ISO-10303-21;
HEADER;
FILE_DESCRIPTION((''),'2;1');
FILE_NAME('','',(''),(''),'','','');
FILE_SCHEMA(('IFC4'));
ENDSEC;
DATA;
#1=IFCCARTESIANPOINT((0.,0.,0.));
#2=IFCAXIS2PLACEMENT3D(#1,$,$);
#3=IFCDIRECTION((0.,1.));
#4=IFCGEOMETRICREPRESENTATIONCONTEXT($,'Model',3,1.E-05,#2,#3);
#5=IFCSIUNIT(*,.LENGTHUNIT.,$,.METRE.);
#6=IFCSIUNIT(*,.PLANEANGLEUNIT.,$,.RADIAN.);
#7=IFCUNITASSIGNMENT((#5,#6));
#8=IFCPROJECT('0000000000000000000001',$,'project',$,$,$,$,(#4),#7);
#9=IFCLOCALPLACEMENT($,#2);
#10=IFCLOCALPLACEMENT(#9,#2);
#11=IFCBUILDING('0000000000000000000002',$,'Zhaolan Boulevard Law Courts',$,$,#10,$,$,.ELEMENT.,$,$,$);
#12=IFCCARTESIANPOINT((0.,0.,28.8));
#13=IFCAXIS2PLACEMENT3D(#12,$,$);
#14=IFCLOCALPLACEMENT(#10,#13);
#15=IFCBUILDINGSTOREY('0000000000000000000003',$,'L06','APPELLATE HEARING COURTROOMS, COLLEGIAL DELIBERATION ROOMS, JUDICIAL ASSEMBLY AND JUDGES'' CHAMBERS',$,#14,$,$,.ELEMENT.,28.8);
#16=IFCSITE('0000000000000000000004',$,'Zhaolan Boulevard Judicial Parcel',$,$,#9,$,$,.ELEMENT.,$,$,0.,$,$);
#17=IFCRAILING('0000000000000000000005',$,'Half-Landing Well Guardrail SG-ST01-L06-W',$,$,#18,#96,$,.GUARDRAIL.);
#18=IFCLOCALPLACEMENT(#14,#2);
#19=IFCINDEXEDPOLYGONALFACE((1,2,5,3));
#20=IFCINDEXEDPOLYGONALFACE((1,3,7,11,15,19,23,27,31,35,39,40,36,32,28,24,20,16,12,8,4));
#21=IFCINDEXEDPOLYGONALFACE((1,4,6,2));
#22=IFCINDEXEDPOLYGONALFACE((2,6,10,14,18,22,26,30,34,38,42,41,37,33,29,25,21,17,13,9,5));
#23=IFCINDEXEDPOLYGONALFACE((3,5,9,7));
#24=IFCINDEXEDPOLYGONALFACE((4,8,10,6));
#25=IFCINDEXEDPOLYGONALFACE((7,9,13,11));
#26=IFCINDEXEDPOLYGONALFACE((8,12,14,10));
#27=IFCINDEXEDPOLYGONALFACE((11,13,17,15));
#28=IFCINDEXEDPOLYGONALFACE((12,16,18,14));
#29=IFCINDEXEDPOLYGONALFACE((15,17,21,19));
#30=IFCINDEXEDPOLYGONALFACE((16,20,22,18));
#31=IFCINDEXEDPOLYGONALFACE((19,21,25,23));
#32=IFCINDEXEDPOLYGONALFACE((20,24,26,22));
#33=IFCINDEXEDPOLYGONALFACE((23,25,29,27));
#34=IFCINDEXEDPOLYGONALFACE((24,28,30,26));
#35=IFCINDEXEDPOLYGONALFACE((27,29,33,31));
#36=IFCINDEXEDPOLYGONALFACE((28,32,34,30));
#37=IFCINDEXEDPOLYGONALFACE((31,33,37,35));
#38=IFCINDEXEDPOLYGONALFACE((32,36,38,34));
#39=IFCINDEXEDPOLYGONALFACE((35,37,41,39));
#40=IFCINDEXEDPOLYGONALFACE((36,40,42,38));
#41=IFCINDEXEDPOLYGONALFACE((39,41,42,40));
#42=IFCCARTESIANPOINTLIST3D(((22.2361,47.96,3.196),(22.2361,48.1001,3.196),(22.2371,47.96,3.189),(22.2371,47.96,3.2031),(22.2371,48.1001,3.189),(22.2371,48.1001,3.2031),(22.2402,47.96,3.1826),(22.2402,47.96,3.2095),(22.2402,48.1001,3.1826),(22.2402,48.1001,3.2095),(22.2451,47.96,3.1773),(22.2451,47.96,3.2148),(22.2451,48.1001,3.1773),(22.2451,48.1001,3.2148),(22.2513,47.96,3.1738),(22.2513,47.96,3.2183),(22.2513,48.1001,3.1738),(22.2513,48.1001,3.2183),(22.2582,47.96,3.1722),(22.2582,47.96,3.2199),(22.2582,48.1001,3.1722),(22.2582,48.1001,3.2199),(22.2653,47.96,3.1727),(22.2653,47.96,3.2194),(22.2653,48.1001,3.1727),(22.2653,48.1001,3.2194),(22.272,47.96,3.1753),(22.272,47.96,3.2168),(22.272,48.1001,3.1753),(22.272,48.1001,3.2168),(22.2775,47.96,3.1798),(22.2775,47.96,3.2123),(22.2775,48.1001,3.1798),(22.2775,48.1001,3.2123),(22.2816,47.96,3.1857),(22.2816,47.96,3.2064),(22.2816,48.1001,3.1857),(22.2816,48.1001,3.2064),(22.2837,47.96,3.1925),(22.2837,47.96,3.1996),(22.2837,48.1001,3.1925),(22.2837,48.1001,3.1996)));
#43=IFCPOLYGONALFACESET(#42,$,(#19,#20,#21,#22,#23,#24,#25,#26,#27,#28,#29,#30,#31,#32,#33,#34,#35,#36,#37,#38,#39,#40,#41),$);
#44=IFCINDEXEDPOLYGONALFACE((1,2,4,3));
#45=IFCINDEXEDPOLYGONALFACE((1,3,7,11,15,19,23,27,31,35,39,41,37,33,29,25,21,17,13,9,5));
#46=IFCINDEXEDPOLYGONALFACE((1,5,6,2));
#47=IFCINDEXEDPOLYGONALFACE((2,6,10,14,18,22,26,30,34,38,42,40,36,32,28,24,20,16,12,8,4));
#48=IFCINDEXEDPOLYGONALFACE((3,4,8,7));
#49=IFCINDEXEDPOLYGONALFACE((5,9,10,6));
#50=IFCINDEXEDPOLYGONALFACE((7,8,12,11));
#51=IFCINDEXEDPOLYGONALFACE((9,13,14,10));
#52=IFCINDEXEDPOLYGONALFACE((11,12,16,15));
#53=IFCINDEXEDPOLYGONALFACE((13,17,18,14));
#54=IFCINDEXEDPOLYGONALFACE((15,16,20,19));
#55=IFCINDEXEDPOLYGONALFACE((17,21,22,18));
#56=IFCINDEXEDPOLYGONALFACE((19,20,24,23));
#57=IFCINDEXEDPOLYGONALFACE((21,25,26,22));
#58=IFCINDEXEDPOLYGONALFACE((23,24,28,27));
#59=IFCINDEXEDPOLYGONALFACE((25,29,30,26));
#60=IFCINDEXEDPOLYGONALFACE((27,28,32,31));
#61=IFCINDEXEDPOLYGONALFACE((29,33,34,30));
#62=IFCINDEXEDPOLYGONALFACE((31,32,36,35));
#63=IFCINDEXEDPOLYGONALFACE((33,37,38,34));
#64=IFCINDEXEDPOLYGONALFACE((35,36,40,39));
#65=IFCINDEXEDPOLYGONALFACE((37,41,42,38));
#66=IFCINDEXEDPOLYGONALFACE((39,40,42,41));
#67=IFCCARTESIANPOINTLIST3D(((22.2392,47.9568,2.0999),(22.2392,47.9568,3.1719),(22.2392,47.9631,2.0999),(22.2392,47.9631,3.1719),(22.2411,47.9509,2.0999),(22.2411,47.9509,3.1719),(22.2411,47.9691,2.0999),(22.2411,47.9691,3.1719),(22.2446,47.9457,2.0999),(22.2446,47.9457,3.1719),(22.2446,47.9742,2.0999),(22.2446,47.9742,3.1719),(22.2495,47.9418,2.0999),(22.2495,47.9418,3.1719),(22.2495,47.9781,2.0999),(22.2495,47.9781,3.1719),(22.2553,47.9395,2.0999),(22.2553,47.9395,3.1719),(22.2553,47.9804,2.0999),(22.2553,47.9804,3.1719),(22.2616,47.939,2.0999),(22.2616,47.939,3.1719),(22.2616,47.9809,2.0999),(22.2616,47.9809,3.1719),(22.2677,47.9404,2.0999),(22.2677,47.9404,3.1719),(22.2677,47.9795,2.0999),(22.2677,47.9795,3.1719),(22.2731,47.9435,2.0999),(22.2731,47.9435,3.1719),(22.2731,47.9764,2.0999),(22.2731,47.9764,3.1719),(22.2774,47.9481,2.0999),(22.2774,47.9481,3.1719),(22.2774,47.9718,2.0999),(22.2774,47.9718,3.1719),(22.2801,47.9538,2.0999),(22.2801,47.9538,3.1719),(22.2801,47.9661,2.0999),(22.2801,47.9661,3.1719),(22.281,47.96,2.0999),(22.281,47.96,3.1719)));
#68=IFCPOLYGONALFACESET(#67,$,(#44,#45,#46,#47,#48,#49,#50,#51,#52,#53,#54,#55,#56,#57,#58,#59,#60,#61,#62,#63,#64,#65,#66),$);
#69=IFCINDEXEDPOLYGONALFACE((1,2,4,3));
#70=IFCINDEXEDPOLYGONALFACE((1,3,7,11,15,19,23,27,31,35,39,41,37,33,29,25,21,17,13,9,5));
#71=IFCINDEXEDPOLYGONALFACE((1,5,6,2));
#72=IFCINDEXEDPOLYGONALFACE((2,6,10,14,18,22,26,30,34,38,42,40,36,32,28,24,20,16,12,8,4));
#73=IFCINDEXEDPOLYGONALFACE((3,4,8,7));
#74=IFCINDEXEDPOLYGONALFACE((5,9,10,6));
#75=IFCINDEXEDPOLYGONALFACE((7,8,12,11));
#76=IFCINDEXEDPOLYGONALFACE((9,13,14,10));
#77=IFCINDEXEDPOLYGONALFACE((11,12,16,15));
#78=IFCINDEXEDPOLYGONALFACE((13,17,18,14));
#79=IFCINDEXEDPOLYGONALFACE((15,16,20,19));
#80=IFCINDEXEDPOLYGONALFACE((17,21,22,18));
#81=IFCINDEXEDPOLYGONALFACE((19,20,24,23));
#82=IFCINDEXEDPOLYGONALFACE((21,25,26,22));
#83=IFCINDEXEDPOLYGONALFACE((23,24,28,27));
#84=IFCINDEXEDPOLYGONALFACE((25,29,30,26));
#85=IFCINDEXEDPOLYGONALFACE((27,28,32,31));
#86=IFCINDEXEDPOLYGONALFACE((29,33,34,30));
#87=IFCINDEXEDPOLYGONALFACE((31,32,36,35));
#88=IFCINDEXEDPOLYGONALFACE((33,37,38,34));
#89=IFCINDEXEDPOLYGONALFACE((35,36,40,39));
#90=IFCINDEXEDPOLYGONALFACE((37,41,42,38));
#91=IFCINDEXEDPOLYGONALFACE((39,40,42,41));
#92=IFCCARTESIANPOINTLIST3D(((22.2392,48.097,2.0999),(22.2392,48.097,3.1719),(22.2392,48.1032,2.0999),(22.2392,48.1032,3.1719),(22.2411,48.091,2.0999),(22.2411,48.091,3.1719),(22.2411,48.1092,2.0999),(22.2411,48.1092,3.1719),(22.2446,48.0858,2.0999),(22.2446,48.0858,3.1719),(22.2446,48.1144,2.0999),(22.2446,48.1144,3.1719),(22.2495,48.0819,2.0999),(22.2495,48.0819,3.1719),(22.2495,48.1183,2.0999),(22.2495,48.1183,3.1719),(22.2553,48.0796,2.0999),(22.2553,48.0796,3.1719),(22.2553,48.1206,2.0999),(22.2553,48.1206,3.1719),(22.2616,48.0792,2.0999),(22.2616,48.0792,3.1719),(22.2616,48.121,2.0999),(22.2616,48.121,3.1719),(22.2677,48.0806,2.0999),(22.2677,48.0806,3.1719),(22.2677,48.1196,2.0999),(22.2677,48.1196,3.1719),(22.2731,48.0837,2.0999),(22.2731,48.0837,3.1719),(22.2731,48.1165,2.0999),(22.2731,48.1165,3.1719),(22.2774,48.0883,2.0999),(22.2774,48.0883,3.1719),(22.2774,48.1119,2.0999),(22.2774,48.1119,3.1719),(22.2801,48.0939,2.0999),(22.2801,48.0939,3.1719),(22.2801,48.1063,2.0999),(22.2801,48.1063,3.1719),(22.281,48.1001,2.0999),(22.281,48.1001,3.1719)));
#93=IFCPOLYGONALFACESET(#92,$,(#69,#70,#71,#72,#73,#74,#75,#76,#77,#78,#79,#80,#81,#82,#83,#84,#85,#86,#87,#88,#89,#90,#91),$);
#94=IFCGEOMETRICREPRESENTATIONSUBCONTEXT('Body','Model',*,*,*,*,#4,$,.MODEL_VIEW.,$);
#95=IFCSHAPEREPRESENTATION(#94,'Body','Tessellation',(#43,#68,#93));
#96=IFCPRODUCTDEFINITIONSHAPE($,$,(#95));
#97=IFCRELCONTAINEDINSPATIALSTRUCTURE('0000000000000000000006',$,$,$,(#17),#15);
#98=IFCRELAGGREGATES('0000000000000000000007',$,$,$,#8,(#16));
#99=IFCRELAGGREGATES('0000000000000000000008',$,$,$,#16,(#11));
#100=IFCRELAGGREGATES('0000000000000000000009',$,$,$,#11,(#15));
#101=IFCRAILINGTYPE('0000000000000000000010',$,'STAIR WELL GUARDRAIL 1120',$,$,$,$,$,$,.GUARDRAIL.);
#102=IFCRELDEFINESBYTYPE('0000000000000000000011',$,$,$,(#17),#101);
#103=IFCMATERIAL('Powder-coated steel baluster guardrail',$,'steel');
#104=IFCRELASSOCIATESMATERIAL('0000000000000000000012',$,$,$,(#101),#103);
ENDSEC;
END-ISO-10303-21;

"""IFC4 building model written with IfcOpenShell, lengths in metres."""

from ifc_helpers import new_model, si_unit, direction, frame, origin, origin_2d, place, context, subcontext, project, spatial, circle, extrude, material, type_object, element, save


model = new_model("IFC4")

# Units and contexts
model_context = context("Model", 3, precision=1e-05, world=origin(), true_north=direction((0.0, 1.0)))
body_context = subcontext(model_context, "Body", "Model", "MODEL_VIEW")
ifc_project = project(units=[si_unit("LENGTHUNIT", "METRE"), si_unit("PLANEANGLEUNIT", "RADIAN")], contexts=[model_context])

# Site, building, storey
site_placement = place(None, origin())
site = spatial("IfcSite", under=ifc_project, at=site_placement, Name="Zhaolan Boulevard Judicial Parcel", CompositionType="ELEMENT", RefElevation=0.0)
building_placement = place(site_placement, origin())
building = spatial("IfcBuilding", under=site, at=building_placement, Name="Zhaolan Boulevard Law Courts", CompositionType="ELEMENT")
storey_placement = place(building_placement, frame((0.0, 0.0, 28.8)))
storey = spatial("IfcBuildingStorey", under=building, at=storey_placement, Name="L06", Description="APPELLATE HEARING COURTROOMS, COLLEGIAL DELIBERATION ROOMS, JUDICIAL ASSEMBLY AND JUDGES' CHAMBERS", CompositionType="ELEMENT", Elevation=28.8)

# Railing
ifc_material_1 = material(Name="Powder-coated steel baluster guardrail", Category="steel")
railing_type_1 = type_object("IfcRailingType", Name="STAIR WELL GUARDRAIL 1120", PredefinedType="GUARDRAIL", material=ifc_material_1)
railing_1_placement = place(storey_placement, frame((22.26, 47.96, 2.0999)))
element("IfcRailing", 1, at=railing_1_placement, inside=storey, type_object=railing_type_1, Name="Half-Landing Well Guardrail SG-ST01-L06-W", PredefinedType="GUARDRAIL", context=body_context, shape_type="SweptSolid", body=[
    extrude(circle(Radius=0.0239, at=origin_2d()), frame((0.0, 0.0, 1.0962), z_axis=(0.0, 1.0, 0.0), x_axis=(-1.0, 0.0, 0.0)), (0.0, 0.0, 1.0), 0.1401),
    extrude(circle(Radius=0.021, at=origin_2d()), origin(), (0.0, 0.0, 1.0), 1.072),
    extrude(circle(Radius=0.021, at=origin_2d()), frame((0.0, 0.1401, 0.0)), (0.0, 0.0, 1.0), 1.072),
])

save(model, "model.ifc")
